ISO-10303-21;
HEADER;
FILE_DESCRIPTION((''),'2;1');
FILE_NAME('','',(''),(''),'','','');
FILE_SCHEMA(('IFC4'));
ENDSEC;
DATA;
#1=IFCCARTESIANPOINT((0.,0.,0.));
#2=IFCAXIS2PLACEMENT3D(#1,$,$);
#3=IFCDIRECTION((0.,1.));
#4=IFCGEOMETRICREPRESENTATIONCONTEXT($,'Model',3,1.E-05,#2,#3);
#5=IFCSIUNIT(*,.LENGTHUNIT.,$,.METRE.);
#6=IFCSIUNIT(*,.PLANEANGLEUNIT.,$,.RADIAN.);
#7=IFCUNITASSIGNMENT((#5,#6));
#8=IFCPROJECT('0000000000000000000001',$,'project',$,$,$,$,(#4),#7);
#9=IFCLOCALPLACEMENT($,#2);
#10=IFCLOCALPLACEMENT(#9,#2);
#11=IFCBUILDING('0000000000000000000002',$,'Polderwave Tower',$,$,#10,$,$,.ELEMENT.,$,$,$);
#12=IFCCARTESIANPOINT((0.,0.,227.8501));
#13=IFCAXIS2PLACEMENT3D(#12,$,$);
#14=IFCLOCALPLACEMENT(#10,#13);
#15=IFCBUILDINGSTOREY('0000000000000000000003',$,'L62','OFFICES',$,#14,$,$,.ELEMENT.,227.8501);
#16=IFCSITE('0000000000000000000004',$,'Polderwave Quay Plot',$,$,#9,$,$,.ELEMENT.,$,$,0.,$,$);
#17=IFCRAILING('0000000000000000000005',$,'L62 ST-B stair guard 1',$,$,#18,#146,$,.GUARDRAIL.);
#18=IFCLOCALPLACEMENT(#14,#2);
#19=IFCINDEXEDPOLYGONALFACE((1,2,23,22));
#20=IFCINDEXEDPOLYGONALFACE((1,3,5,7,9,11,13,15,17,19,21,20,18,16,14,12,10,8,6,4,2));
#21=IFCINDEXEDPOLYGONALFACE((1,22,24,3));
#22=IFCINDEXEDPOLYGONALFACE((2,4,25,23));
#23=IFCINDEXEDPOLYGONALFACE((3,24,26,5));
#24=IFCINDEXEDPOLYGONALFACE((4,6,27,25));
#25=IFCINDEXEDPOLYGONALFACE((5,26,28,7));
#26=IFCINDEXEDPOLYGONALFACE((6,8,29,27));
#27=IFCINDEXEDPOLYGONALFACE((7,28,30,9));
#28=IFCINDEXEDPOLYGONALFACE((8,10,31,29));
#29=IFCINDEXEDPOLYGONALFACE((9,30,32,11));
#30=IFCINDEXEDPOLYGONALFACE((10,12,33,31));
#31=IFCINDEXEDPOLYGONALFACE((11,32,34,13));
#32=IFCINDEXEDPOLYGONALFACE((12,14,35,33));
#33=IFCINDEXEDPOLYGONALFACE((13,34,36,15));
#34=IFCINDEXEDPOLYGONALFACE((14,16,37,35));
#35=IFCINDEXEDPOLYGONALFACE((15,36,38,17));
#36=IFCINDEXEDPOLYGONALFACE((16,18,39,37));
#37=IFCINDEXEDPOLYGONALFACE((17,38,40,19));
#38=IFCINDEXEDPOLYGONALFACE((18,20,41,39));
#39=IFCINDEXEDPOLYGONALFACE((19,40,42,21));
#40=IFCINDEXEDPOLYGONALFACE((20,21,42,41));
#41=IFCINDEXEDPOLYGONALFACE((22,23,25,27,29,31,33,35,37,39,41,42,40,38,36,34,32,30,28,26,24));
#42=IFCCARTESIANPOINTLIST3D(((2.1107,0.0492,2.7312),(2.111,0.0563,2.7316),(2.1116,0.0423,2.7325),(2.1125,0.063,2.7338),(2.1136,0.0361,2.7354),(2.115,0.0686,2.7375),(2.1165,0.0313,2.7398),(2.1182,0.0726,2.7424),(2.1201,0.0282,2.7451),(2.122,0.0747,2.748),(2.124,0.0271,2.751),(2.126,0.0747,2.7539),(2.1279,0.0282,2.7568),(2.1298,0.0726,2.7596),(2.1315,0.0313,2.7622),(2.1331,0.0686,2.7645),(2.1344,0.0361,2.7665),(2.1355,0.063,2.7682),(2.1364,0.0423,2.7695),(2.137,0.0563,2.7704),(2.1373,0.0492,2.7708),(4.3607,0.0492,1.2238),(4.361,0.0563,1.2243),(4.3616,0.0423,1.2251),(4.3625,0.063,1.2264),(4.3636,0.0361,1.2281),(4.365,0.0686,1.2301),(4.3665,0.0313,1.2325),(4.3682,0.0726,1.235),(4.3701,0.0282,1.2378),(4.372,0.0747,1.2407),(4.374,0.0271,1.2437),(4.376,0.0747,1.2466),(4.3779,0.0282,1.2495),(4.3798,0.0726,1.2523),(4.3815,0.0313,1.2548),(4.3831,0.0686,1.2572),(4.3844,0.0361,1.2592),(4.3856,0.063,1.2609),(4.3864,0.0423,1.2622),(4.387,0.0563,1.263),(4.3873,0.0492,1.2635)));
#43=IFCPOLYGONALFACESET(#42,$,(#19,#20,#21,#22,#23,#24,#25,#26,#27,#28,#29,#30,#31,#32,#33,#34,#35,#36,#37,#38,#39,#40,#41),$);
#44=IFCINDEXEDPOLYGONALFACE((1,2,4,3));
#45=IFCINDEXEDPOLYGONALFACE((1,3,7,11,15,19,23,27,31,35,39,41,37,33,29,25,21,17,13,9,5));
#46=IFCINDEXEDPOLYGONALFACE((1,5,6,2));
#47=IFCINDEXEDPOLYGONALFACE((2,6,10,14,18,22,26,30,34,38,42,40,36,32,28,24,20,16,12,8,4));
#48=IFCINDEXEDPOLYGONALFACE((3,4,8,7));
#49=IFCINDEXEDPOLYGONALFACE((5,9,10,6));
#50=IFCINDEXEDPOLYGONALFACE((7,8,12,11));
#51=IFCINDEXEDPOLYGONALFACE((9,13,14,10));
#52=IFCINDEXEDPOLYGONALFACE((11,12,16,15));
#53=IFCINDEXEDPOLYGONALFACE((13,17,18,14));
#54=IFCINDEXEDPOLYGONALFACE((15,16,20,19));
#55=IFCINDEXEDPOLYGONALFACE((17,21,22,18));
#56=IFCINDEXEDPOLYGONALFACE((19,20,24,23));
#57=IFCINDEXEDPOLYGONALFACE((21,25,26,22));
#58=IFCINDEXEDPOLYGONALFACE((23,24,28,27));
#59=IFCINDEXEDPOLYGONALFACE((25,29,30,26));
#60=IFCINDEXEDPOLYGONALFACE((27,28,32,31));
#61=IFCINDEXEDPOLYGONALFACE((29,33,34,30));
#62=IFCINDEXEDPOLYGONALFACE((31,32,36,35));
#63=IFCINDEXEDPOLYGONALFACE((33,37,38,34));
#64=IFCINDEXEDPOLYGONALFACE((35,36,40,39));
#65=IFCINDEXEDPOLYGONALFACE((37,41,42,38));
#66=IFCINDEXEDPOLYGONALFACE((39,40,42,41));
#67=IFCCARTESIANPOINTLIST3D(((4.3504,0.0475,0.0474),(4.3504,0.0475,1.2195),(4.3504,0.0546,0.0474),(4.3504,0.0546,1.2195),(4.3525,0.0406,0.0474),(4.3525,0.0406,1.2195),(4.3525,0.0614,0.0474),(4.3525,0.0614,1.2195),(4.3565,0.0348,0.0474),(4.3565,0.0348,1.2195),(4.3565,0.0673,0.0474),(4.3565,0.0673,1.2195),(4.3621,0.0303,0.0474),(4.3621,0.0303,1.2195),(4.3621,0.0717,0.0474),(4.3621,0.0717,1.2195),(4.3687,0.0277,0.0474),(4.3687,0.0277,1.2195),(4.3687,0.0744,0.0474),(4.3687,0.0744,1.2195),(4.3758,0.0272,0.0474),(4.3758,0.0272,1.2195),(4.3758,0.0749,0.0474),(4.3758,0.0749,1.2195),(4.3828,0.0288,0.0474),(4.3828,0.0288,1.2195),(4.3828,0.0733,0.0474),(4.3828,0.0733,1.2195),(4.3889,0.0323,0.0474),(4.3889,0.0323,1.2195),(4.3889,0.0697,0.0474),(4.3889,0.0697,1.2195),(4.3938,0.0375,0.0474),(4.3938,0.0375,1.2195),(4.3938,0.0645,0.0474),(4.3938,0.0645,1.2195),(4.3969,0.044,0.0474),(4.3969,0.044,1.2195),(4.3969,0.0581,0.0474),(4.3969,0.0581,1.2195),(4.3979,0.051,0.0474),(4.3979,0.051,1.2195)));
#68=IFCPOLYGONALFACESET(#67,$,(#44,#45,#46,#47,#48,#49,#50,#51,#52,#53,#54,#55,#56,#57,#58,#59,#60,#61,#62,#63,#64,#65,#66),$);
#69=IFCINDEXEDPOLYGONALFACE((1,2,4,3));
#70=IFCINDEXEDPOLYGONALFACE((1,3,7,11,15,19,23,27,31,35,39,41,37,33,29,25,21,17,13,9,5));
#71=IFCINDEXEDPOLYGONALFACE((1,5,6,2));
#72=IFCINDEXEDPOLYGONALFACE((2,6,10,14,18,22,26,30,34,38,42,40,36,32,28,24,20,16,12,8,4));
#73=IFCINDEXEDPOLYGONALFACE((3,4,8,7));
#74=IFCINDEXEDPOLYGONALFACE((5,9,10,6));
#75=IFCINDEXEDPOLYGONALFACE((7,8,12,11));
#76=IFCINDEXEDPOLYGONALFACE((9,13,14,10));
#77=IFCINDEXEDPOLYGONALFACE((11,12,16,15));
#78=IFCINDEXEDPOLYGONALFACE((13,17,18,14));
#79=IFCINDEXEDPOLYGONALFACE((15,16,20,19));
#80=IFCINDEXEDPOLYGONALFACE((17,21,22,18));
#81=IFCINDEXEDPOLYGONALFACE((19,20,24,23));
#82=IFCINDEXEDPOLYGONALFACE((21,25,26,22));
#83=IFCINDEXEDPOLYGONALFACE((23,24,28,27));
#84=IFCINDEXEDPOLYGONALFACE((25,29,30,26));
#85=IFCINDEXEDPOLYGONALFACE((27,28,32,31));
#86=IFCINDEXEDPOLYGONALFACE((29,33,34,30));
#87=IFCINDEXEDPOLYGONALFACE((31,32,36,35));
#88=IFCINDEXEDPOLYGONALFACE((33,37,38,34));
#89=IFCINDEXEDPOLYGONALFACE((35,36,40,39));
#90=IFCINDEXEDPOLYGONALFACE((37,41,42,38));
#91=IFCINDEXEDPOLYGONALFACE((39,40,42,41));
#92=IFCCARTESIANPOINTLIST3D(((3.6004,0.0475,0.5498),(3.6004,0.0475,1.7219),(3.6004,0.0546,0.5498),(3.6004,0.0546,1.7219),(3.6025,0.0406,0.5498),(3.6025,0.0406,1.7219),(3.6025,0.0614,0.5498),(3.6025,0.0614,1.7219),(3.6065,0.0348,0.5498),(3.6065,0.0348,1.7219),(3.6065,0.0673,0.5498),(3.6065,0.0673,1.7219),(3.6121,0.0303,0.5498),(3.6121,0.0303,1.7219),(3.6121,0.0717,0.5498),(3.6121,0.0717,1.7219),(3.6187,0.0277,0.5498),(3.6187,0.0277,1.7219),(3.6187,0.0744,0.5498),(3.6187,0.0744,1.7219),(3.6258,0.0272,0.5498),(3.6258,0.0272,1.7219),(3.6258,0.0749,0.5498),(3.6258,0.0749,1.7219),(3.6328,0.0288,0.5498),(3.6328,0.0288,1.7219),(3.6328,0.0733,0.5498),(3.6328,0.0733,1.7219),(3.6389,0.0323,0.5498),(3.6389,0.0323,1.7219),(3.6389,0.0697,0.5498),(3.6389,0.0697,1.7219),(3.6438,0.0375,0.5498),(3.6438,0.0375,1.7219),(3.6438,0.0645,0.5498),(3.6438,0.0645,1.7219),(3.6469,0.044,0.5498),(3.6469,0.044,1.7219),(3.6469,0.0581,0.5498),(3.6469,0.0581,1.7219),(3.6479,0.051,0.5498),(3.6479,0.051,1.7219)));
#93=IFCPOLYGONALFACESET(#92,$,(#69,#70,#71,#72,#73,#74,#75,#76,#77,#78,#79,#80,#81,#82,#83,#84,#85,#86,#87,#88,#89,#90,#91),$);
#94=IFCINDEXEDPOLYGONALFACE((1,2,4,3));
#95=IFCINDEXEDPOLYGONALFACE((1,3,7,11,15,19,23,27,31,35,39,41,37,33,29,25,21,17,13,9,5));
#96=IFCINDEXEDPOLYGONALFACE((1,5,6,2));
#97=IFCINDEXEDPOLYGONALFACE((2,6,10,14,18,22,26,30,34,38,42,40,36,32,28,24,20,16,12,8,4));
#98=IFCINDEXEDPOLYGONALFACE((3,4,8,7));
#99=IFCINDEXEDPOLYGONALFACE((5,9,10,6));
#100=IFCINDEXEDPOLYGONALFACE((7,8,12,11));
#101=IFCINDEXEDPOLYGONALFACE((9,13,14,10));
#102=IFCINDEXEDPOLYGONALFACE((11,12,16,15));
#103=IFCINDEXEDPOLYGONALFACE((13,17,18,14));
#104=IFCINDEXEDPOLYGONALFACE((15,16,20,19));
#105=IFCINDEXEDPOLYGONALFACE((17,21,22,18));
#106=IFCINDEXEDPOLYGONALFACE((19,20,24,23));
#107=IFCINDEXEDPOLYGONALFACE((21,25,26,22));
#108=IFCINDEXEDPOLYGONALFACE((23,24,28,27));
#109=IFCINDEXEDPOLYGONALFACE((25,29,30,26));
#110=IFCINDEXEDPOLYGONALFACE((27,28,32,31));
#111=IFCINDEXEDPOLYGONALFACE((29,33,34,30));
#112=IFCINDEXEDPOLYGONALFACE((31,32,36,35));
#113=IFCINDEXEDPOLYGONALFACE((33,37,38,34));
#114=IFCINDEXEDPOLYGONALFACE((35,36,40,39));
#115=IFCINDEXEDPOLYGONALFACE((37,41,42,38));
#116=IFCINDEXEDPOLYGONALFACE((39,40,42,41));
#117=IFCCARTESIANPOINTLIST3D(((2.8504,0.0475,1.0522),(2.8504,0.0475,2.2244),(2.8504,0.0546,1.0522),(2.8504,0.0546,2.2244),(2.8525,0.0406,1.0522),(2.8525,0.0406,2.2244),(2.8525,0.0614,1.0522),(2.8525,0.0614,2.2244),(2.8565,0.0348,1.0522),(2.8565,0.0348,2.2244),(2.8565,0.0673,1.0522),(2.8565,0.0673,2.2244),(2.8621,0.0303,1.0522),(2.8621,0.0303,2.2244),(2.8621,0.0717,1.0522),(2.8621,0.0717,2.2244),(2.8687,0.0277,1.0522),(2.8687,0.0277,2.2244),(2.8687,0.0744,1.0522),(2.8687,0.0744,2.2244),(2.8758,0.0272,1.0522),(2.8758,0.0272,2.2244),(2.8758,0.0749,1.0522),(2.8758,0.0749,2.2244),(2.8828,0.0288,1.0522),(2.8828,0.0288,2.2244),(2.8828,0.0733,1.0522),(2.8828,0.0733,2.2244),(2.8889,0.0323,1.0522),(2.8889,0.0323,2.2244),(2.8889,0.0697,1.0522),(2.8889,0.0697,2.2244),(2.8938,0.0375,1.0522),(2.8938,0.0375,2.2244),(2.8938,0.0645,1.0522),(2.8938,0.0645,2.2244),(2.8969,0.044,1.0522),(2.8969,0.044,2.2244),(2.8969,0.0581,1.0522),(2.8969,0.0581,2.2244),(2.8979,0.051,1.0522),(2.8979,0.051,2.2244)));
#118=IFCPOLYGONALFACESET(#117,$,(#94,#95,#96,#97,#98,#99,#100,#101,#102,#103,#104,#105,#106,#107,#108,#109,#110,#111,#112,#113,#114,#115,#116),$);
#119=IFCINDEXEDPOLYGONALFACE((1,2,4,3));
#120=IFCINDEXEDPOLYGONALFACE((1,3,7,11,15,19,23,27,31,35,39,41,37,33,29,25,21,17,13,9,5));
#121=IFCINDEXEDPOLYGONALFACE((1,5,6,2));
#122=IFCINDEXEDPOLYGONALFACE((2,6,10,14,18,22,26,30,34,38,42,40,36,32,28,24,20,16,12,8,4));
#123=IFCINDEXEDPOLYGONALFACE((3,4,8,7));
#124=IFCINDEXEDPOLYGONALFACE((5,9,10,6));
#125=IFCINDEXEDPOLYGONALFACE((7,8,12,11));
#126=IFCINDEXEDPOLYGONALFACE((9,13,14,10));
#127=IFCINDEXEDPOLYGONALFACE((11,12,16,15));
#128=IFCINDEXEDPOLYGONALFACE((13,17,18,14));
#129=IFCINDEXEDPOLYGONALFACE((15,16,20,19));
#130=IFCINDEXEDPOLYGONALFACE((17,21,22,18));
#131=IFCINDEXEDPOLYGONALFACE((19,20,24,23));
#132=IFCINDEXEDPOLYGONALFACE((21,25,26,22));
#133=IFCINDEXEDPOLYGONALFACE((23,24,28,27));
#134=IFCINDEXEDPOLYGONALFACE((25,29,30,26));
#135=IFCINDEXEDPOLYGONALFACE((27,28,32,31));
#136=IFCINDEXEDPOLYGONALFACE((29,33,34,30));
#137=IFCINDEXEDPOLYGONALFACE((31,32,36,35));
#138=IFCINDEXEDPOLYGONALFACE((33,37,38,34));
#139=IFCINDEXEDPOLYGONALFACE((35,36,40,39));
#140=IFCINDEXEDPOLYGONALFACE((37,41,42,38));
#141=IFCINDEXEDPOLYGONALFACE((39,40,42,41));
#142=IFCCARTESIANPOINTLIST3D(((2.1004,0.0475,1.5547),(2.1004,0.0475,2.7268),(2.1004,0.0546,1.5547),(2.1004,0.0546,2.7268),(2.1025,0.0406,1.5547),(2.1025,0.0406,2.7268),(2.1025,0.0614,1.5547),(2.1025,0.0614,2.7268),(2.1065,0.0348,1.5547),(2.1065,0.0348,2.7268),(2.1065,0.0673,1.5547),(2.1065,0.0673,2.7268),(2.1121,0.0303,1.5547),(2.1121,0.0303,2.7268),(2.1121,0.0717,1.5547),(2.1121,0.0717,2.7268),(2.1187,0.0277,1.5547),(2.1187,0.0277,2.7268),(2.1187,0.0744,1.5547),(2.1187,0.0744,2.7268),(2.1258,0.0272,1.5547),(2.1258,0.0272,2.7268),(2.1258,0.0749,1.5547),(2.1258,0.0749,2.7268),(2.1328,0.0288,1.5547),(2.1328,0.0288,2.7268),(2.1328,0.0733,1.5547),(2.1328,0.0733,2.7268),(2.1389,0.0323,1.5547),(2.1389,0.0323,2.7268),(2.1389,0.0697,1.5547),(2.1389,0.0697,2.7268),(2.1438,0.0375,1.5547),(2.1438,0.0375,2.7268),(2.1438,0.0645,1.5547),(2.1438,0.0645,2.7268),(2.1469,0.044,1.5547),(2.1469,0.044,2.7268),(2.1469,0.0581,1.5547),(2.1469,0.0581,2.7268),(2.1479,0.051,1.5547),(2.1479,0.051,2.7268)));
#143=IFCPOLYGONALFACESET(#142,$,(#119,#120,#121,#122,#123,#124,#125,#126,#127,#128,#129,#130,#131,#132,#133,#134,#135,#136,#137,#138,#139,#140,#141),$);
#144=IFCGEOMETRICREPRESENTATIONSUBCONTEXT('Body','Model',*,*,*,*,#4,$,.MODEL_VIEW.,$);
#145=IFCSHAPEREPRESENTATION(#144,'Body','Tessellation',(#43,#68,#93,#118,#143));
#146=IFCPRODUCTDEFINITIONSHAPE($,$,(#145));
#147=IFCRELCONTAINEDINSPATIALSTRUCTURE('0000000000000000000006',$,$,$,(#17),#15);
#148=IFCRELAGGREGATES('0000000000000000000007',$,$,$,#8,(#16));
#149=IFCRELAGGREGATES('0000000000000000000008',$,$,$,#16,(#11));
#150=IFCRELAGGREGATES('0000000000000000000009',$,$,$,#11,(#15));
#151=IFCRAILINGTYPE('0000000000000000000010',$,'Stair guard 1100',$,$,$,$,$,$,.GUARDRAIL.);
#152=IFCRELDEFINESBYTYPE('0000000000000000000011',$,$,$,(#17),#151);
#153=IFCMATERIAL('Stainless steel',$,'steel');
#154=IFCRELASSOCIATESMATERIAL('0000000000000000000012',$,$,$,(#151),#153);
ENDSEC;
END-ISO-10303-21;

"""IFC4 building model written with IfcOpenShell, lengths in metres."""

from ifc_helpers import new_model, si_unit, direction, frame, origin, origin_2d, place, context, subcontext, project, spatial, circle, extrude, material, type_object, element, save


model = new_model("IFC4")

# Units and contexts
model_context = context("Model", 3, precision=1e-05, world=origin(), true_north=direction((0.0, 1.0)))
body_context = subcontext(model_context, "Body", "Model", "MODEL_VIEW")
ifc_project = project(units=[si_unit("LENGTHUNIT", "METRE"), si_unit("PLANEANGLEUNIT", "RADIAN")], contexts=[model_context])

# Site, building, storey
site_placement = place(None, origin())
site = spatial("IfcSite", under=ifc_project, at=site_placement, Name="Polderwave Quay Plot", CompositionType="ELEMENT", RefElevation=0.0)
building_placement = place(site_placement, origin())
building = spatial("IfcBuilding", under=site, at=building_placement, Name="Polderwave Tower", CompositionType="ELEMENT")
storey_placement = place(building_placement, frame((0.0, 0.0, 227.8501)))
storey = spatial("IfcBuildingStorey", under=building, at=storey_placement, Name="L62", Description="OFFICES", CompositionType="ELEMENT", Elevation=227.8501)

# Railing
ifc_material_1 = material(Name="Stainless steel", Category="steel")
railing_type_1 = type_object("IfcRailingType", Name="Stair guard 1100", PredefinedType="GUARDRAIL", material=ifc_material_1)
railing_1_placement = place(storey_placement, frame((4.374, 0.051, 0.0474)))
element("IfcRailing", 1, at=railing_1_placement, inside=storey, type_object=railing_type_1, Name="L62 ST-B stair guard 1", PredefinedType="GUARDRAIL", context=body_context, shape_type="SweptSolid", body=[
    extrude(circle(Radius=0.0239, at=origin_2d()), frame((0.0, 0.0, 1.1963), z_axis=(-0.8308, 0.0, 0.556571), x_axis=(0.0, -1.0, 0.0)), (0.0, 0.0, 1.0), 2.7083),
    extrude(circle(Radius=0.0239, at=origin_2d()), origin(), (0.0, 0.0, 1.0), 1.1721),
    extrude(circle(Radius=0.0239, at=origin_2d()), frame((-0.75, 0.0, 0.5024)), (0.0, 0.0, 1.0), 1.1721),
    extrude(circle(Radius=0.0239, at=origin_2d()), frame((-1.5, 0.0, 1.0049)), (0.0, 0.0, 1.0), 1.1721),
    extrude(circle(Radius=0.0239, at=origin_2d()), frame((-2.25, 0.0, 1.5073)), (0.0, 0.0, 1.0), 1.1721),
])

save(model, "model.ifc")
